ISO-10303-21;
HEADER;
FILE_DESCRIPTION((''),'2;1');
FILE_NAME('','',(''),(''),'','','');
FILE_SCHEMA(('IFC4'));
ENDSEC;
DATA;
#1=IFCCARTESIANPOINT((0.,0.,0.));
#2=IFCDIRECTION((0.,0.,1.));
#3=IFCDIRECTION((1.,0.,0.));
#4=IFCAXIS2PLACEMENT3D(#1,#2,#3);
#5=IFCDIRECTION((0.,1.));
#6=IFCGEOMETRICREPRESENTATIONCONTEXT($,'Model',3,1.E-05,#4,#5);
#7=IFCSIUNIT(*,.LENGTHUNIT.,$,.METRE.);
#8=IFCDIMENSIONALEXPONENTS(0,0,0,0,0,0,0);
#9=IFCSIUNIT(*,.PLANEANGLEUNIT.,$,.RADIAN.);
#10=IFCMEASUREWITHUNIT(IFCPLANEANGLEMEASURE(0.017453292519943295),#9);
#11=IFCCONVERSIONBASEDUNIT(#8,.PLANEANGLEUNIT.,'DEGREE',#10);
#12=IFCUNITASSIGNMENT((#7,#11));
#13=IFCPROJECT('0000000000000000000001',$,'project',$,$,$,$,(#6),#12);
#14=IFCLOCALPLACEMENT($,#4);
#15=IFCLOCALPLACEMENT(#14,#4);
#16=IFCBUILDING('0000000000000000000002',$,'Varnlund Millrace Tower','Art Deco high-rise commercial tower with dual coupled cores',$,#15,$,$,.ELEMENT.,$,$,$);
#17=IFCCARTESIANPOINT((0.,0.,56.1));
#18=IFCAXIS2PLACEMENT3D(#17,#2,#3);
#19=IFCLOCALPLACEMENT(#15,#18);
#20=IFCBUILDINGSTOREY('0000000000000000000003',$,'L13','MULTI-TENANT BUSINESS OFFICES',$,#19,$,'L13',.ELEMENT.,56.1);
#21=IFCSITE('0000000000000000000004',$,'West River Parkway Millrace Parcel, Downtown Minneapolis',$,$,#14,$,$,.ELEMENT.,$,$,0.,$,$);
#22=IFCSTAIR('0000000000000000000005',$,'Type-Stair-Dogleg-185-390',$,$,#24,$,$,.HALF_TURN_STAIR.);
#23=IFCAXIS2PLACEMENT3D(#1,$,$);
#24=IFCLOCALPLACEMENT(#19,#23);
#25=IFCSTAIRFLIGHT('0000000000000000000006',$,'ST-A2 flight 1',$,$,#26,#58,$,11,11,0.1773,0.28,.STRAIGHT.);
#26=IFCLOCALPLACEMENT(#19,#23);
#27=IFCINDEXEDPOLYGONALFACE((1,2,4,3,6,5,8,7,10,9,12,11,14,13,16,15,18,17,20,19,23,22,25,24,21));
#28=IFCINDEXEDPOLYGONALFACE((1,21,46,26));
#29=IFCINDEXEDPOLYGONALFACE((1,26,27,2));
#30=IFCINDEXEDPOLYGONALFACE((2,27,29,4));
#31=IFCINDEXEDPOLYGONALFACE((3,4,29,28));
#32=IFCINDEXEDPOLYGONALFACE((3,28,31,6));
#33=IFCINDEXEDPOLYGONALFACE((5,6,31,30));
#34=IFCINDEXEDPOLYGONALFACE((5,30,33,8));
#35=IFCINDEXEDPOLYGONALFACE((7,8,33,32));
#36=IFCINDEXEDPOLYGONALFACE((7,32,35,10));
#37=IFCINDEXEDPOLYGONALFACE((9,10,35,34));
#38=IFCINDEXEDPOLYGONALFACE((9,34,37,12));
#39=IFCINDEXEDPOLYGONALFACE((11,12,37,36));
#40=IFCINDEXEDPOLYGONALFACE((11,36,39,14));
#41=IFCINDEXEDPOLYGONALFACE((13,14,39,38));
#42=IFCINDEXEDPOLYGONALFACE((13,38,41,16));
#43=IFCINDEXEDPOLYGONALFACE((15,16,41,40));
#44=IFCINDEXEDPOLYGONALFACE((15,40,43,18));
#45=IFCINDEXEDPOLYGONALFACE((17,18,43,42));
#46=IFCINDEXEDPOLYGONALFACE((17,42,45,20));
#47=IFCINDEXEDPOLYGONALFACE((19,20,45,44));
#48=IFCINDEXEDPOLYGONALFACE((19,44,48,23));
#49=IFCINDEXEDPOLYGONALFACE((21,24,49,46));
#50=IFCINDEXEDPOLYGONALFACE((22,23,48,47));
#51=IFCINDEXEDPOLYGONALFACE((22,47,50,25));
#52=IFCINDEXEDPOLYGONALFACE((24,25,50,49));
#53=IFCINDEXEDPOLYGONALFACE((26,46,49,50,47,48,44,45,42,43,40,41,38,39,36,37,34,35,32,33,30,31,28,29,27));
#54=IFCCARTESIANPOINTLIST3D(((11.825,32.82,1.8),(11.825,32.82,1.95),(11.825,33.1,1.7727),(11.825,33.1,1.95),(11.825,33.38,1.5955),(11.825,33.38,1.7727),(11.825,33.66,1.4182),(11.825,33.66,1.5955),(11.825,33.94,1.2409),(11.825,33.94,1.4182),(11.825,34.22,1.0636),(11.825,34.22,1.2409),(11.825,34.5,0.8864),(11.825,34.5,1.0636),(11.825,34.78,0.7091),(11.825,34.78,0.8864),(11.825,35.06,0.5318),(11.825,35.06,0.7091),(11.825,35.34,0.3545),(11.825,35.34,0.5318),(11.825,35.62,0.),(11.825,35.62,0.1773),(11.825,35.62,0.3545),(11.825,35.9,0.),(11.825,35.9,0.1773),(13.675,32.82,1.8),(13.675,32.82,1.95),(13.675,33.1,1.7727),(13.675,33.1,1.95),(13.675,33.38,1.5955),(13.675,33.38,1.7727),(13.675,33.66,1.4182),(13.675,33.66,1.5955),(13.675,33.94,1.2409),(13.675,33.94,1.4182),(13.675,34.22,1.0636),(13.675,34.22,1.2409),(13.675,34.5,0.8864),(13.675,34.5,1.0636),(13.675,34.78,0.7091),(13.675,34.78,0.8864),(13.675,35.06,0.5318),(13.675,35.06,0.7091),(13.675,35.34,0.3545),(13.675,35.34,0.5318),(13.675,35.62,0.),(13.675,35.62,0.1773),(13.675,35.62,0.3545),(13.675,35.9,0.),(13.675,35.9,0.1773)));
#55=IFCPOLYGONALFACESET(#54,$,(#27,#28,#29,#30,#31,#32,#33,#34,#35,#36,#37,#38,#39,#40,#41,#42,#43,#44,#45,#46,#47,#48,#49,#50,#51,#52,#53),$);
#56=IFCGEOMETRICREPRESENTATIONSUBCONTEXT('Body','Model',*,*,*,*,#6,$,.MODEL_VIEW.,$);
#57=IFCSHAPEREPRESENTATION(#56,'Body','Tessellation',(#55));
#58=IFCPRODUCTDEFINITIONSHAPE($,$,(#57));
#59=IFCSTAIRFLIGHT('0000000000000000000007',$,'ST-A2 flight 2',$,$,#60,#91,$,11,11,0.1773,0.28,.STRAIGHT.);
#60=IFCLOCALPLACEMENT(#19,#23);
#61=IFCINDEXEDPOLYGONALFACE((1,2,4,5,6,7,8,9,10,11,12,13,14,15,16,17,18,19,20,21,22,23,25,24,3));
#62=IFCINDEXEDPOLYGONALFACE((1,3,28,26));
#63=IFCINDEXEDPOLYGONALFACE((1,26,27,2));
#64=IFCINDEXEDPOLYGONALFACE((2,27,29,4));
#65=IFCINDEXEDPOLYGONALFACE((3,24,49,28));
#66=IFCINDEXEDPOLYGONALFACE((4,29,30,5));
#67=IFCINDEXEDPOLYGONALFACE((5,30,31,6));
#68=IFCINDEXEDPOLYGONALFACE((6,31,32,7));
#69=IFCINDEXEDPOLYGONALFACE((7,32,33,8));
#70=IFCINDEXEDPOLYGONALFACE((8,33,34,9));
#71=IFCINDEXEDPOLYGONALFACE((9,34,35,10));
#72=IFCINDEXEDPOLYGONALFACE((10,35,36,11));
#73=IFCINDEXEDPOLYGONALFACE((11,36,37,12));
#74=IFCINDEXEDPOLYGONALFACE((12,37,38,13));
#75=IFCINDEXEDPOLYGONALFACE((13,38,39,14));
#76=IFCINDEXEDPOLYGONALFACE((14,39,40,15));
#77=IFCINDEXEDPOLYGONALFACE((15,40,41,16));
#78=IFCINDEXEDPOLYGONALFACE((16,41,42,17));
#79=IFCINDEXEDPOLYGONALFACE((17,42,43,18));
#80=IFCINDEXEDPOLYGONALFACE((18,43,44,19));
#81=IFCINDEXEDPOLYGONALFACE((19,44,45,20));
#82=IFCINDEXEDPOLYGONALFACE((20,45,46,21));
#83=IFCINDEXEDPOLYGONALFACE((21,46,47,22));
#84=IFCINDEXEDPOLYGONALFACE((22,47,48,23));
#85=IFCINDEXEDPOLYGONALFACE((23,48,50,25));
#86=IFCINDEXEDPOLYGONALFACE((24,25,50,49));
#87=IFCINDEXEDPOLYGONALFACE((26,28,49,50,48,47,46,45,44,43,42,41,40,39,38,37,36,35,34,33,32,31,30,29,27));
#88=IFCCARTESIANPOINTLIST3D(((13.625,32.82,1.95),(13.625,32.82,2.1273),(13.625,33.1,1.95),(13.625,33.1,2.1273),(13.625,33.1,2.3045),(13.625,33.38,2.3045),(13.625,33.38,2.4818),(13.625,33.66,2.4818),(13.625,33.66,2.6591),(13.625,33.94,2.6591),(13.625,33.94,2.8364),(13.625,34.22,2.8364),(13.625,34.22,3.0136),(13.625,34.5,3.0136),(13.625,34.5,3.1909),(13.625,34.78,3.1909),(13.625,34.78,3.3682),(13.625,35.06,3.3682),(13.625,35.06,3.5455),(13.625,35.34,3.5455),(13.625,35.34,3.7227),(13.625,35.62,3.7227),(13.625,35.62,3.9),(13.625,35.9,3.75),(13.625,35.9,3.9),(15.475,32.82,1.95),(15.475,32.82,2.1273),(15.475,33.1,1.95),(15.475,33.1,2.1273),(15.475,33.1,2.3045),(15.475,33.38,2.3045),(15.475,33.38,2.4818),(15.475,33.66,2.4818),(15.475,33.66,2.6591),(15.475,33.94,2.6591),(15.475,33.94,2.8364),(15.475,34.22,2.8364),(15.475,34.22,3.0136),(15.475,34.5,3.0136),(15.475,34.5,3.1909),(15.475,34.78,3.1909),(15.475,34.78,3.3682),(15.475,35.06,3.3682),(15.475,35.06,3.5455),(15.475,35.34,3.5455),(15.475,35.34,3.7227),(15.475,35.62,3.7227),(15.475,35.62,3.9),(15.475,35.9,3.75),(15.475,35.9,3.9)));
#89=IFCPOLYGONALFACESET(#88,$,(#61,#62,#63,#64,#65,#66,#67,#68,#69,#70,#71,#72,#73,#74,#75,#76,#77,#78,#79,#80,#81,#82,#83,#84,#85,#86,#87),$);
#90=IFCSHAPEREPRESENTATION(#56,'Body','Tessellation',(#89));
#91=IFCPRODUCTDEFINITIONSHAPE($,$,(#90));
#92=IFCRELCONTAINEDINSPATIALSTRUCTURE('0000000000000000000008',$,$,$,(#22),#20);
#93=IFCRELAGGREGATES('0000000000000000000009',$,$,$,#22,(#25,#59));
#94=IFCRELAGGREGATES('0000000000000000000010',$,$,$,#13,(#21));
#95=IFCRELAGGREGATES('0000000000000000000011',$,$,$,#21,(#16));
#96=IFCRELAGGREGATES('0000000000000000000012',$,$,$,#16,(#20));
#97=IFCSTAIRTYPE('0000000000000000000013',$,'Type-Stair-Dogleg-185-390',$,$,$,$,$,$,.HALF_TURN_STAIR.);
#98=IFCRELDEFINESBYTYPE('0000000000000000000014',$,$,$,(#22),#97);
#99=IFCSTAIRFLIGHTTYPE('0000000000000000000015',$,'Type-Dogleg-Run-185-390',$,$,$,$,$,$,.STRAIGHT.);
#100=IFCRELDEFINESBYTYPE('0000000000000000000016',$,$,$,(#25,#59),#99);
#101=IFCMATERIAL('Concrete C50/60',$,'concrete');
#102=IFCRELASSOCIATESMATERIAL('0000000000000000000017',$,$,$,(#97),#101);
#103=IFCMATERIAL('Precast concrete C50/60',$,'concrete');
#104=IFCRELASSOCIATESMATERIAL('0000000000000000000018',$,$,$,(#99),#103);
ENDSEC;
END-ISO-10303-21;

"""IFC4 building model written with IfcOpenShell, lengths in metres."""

from ifc_helpers import new_model, entity, si_unit, converted_unit, direction, frame, origin_with_axes, place, context, subcontext, project, spatial, polyline, outline, extrude, material, type_object, element, aggregate, save


model = new_model("IFC4")

# Units and contexts
model_context = context("Model", 3, precision=1e-05, world=origin_with_axes(), true_north=direction((0.0, 1.0)))
body_context = subcontext(model_context, "Body", "Model", "MODEL_VIEW")
ifc_project = project(units=[si_unit("LENGTHUNIT", "METRE"), converted_unit("PLANEANGLEUNIT", "DEGREE", entity("IfcPlaneAngleMeasure", 0.017453292519943295), si_unit("PLANEANGLEUNIT", "RADIAN"), dimensions=[0, 0, 0, 0, 0, 0, 0])], contexts=[model_context])

# Site, building, storey
site_placement = place(None, origin_with_axes())
site = spatial("IfcSite", under=ifc_project, at=site_placement, Name="West River Parkway Millrace Parcel, Downtown Minneapolis", CompositionType="ELEMENT", RefElevation=0.0)
building_placement = place(site_placement, origin_with_axes())
building = spatial("IfcBuilding", under=site, at=building_placement, Name="Varnlund Millrace Tower", Description="Art Deco high-rise commercial tower with dual coupled cores", CompositionType="ELEMENT")
storey_placement = place(building_placement, frame((0.0, 0.0, 56.1), z_axis=(0.0, 0.0, 1.0), x_axis=(1.0, 0.0, 0.0)))
storey = spatial("IfcBuildingStorey", under=building, at=storey_placement, Name="L13", Description="MULTI-TENANT BUSINESS OFFICES", LongName="L13", CompositionType="ELEMENT", Elevation=56.1)

# Stair, stair flights
ifc_material_1 = material(Name="Concrete C50/60", Category="concrete")
stair_type = type_object("IfcStairType", Name="Type-Stair-Dogleg-185-390", PredefinedType="HALF_TURN_STAIR", material=ifc_material_1)
stair_placement = place(storey_placement, origin_with_axes())
stair = element("IfcStair", 1, at=stair_placement, inside=storey, type_object=stair_type, Name="Type-Stair-Dogleg-185-390", PredefinedType="HALF_TURN_STAIR")
ifc_material_2 = material(Name="Precast concrete C50/60", Category="concrete")
stair_flight_type = type_object("IfcStairFlightType", Name="Type-Dogleg-Run-185-390", PredefinedType="STRAIGHT", material=ifc_material_2)
stair_flight_1_placement = place(storey_placement, frame((13.675, 35.9, 0.0), z_axis=(-1.0, 0.0, 0.0), x_axis=(0.0, -1.0, 0.0)))
stair_flight_1 = element("IfcStairFlight", 2, at=stair_flight_1_placement, type_object=stair_flight_type, Name="ST-A2 flight 1", NumberOfRisers=11, NumberOfTreads=11, PredefinedType="STRAIGHT", RiserHeight=0.1773, TreadLength=0.28, context=body_context, shape_type="SweptSolid", body=[
    extrude(outline(polyline([(0.0, 0.0), (0.0, 0.1773), (0.28, 0.1773), (0.28, 0.3545), (0.56, 0.3545), (0.56, 0.5318), (0.84, 0.5318), (0.84, 0.7091), (1.12, 0.7091), (1.12, 0.8864), (1.4, 0.8864), (1.4, 1.0636), (1.68, 1.0636), (1.68, 1.2409), (1.96, 1.2409), (1.96, 1.4182), (2.24, 1.4182), (2.24, 1.5955), (2.52, 1.5955), (2.52, 1.7727), (2.8, 1.7727), (2.8, 1.95), (3.08, 1.95), (3.08, 1.8), (0.28, 0.0), (0.0, 0.0)])), origin_with_axes(), (0.0, 0.0, 1.0), 1.85),
])
stair_flight_2_placement = place(storey_placement, frame((13.625, 32.82, 1.95), z_axis=(1.0, 0.0, 0.0), x_axis=(0.0, 1.0, 0.0)))
stair_flight_2 = element("IfcStairFlight", 3, at=stair_flight_2_placement, type_object=stair_flight_type, Name="ST-A2 flight 2", NumberOfRisers=11, NumberOfTreads=11, PredefinedType="STRAIGHT", RiserHeight=0.1773, TreadLength=0.28, context=body_context, shape_type="SweptSolid", body=[
    extrude(outline(polyline([(0.0, 0.0), (0.0, 0.1773), (0.28, 0.1773), (0.28, 0.3545), (0.56, 0.3545), (0.56, 0.5318), (0.84, 0.5318), (0.84, 0.7091), (1.12, 0.7091), (1.12, 0.8864), (1.4, 0.8864), (1.4, 1.0636), (1.68, 1.0636), (1.68, 1.2409), (1.96, 1.2409), (1.96, 1.4182), (2.24, 1.4182), (2.24, 1.5955), (2.52, 1.5955), (2.52, 1.7727), (2.8, 1.7727), (2.8, 1.95), (3.08, 1.95), (3.08, 1.8), (0.28, 0.0), (0.0, 0.0)])), origin_with_axes(), (0.0, 0.0, 1.0), 1.85),
])
aggregate(stair, [stair_flight_1, stair_flight_2])

save(model, "model.ifc")
